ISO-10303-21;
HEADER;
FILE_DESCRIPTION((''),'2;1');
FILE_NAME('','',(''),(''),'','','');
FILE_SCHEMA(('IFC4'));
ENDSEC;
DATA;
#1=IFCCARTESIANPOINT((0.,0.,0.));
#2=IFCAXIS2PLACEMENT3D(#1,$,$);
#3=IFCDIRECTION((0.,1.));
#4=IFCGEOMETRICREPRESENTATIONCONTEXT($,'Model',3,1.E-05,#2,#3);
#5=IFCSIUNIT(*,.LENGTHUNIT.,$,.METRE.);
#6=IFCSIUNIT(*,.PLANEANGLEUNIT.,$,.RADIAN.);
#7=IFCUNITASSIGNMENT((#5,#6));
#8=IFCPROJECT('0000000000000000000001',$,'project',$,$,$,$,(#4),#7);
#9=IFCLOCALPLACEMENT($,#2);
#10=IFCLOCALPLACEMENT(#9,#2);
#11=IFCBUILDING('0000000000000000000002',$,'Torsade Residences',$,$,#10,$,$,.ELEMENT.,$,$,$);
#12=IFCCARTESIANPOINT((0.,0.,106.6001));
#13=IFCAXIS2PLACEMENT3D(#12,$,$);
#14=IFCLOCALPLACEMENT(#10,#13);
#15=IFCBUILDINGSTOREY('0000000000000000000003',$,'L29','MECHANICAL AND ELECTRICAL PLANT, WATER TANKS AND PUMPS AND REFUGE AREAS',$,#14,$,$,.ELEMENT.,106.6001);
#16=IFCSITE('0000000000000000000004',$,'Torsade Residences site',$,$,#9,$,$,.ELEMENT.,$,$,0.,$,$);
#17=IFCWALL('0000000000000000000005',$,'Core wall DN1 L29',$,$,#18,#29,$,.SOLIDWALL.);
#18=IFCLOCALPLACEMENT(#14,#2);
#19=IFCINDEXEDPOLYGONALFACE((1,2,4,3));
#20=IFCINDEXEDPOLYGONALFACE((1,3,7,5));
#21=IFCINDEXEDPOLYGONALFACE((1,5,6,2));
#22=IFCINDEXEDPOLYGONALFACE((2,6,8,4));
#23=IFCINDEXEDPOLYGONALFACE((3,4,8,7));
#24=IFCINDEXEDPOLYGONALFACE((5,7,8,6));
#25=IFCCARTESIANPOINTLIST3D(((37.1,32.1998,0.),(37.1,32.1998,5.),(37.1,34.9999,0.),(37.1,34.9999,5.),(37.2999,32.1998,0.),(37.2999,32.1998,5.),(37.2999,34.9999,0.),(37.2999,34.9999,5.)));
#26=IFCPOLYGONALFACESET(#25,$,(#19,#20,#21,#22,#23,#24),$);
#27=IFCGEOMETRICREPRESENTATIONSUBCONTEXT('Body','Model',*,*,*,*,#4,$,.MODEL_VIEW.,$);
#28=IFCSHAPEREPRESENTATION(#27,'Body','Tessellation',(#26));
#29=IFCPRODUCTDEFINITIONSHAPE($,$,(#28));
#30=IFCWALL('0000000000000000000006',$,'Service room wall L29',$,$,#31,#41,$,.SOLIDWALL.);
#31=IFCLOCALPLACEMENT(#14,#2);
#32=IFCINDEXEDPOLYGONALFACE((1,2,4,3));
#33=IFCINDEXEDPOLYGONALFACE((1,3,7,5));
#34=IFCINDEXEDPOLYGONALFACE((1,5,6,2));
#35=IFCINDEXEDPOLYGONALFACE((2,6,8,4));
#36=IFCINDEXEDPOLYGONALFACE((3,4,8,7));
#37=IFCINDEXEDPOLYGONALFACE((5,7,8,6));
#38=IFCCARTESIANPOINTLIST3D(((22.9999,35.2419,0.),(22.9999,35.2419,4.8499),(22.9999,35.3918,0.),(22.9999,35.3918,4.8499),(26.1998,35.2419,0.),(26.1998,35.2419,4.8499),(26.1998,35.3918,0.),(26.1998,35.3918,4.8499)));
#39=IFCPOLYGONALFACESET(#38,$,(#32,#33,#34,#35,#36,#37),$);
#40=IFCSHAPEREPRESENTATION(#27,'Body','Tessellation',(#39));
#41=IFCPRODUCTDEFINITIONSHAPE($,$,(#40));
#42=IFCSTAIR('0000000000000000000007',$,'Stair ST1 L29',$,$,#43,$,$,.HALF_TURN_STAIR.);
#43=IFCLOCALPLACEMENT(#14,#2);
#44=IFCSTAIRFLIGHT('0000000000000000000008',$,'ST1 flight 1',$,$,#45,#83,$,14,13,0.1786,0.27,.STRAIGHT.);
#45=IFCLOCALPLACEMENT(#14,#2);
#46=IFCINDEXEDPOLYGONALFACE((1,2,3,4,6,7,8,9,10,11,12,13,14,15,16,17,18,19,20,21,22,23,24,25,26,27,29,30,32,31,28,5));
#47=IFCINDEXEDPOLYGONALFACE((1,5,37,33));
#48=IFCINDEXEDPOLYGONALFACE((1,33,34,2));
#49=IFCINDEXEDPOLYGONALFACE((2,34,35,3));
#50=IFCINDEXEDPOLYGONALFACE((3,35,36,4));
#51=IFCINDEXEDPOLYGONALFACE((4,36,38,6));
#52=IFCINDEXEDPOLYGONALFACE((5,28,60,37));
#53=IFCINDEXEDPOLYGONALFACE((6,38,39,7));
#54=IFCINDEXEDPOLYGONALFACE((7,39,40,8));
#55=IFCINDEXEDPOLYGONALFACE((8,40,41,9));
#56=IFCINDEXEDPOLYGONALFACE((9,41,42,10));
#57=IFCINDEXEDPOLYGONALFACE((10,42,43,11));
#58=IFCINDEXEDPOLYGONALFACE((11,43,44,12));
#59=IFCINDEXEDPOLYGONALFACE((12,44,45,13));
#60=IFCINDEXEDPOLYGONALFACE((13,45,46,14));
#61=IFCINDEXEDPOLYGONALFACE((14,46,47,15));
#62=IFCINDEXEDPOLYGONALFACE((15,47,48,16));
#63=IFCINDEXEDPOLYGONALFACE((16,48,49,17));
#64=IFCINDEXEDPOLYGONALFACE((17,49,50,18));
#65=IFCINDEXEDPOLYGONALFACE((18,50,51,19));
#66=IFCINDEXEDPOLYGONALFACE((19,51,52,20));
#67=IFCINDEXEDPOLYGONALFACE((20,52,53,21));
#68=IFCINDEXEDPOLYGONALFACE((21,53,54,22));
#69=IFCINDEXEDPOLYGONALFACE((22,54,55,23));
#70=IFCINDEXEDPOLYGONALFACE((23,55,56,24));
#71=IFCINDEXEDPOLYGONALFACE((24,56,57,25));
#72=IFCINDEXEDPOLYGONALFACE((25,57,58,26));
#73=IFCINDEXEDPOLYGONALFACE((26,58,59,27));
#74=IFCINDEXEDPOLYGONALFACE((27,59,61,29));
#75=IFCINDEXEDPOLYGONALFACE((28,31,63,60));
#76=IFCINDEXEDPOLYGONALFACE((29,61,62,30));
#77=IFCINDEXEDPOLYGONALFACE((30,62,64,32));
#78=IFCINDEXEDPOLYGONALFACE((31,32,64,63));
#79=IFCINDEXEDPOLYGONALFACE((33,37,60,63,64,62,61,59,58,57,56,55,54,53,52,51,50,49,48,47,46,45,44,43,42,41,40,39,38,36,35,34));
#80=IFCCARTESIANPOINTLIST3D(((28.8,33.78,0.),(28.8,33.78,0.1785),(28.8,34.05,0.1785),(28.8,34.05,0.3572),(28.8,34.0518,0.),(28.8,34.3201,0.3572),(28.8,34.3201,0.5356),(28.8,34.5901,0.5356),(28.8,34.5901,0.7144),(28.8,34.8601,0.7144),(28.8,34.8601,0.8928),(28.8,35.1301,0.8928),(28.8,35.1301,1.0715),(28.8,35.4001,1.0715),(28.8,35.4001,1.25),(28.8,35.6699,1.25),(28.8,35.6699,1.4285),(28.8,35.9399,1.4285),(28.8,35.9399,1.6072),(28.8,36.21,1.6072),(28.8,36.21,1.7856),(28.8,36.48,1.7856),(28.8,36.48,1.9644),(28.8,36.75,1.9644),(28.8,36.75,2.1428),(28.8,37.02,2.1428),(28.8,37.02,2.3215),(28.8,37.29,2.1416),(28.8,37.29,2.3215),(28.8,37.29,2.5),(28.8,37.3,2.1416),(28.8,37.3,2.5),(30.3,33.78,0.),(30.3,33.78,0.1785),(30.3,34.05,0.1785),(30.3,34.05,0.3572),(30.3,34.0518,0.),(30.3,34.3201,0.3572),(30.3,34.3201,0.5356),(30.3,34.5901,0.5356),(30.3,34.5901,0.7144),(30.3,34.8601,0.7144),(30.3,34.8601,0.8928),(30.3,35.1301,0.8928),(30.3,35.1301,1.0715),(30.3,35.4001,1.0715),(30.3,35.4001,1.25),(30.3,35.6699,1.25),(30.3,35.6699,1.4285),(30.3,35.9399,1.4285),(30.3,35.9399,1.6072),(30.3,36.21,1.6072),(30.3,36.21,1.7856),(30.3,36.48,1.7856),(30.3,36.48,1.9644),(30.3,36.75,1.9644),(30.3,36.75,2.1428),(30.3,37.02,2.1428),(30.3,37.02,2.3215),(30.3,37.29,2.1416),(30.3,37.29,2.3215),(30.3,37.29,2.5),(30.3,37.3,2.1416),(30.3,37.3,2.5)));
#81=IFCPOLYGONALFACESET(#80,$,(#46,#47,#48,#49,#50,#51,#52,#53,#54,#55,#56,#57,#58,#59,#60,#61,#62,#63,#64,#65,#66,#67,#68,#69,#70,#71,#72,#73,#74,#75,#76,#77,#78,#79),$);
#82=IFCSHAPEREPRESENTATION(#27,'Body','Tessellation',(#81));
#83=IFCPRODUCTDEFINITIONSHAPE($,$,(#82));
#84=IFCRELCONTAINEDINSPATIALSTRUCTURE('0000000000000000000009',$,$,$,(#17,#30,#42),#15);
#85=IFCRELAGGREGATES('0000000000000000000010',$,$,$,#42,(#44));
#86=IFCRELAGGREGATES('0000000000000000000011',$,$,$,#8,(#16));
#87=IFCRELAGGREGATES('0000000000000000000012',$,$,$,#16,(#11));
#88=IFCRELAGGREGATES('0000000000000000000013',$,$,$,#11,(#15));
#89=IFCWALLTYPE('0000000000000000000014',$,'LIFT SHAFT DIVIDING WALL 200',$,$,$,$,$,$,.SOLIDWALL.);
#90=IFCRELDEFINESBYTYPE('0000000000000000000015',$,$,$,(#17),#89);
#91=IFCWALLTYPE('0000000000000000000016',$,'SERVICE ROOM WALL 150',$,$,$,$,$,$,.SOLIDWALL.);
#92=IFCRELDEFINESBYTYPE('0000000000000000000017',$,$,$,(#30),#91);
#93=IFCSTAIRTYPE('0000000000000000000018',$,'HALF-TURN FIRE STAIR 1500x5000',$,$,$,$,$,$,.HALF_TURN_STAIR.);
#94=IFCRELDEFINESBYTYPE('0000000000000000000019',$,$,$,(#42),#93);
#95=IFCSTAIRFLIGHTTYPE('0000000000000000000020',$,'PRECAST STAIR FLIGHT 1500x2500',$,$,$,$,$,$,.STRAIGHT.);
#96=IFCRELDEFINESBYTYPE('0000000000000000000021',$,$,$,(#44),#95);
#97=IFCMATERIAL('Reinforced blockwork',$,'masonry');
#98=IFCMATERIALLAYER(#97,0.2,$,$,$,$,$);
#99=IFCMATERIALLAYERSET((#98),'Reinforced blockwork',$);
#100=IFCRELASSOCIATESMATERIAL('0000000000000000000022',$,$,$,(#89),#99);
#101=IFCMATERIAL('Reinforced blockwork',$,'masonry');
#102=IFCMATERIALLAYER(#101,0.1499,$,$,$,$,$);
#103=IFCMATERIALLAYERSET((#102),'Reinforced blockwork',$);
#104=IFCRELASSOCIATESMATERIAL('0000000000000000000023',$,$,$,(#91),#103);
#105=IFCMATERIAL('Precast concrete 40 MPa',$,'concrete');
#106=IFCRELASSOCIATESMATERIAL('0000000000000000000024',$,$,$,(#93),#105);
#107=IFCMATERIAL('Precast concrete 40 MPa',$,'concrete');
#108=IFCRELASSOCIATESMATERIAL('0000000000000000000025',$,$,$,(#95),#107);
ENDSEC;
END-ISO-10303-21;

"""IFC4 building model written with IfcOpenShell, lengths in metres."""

from ifc_helpers import new_model, si_unit, direction, frame, frame_2d, origin, place, context, subcontext, project, spatial, polyline, rectangle, outline, extrude, material, layer, layer_set, type_object, element, aggregate, save


model = new_model("IFC4")

# Units and contexts
model_context = context("Model", 3, precision=1e-05, world=origin(), true_north=direction((0.0, 1.0)))
body_context = subcontext(model_context, "Body", "Model", "MODEL_VIEW")
ifc_project = project(units=[si_unit("LENGTHUNIT", "METRE"), si_unit("PLANEANGLEUNIT", "RADIAN")], contexts=[model_context])

# Site, building, storey
site_placement = place(None, origin())
site = spatial("IfcSite", under=ifc_project, at=site_placement, Name="Torsade Residences site", CompositionType="ELEMENT", RefElevation=0.0)
building_placement = place(site_placement, origin())
building = spatial("IfcBuilding", under=site, at=building_placement, Name="Torsade Residences", CompositionType="ELEMENT")
storey_placement = place(building_placement, frame((0.0, 0.0, 106.6001)))
storey = spatial("IfcBuildingStorey", under=building, at=storey_placement, Name="L29", Description="MECHANICAL AND ELECTRICAL PLANT, WATER TANKS AND PUMPS AND REFUGE AREAS", CompositionType="ELEMENT", Elevation=106.6001)

# Walls
ifc_material_1 = material(Name="Reinforced blockwork", Category="masonry")
ifc_layer_1 = layer(ifc_material_1, 0.2)
ifc_layer_set_1 = layer_set([ifc_layer_1], Name="Reinforced blockwork")
wall_type_1 = type_object("IfcWallType", Name="LIFT SHAFT DIVIDING WALL 200", PredefinedType="SOLIDWALL", material=ifc_layer_set_1)
wall_1_placement = place(storey_placement, frame((37.2, 32.2, 0.0), z_axis=(0.0, 0.0, 1.0), x_axis=(0.0, 1.0, 0.0)))
element("IfcWall", 1, at=wall_1_placement, inside=storey, type_object=wall_type_1, Name="Core wall DN1 L29", PredefinedType="SOLIDWALL", context=body_context, shape_type="SweptSolid", body=[
    extrude(rectangle(XDim=2.8, YDim=0.2, at=frame_2d((1.3999, 0.0))), origin(), (0.0, 0.0, 1.0), 5.0),
])
ifc_material_2 = material(Name="Reinforced blockwork", Category="masonry")
ifc_layer_2 = layer(ifc_material_2, 0.1499)
ifc_layer_set_2 = layer_set([ifc_layer_2], Name="Reinforced blockwork")
wall_type_2 = type_object("IfcWallType", Name="SERVICE ROOM WALL 150", PredefinedType="SOLIDWALL", material=ifc_layer_set_2)
wall_2_placement = place(storey_placement, frame((26.2, 35.3169, 0.0), z_axis=(0.0, 0.0, 1.0), x_axis=(-1.0, 0.0, 0.0)))
element("IfcWall", 2, at=wall_2_placement, inside=storey, type_object=wall_type_2, Name="Service room wall L29", PredefinedType="SOLIDWALL", context=body_context, shape_type="SweptSolid", body=[
    extrude(rectangle(XDim=3.2, YDim=0.1499, at=frame_2d((1.6001, 0.0))), origin(), (0.0, 0.0, 1.0), 4.8499),
])

# Stair, stair flight
ifc_material_3 = material(Name="Precast concrete 40 MPa", Category="concrete")
stair_type = type_object("IfcStairType", Name="HALF-TURN FIRE STAIR 1500x5000", PredefinedType="HALF_TURN_STAIR", material=ifc_material_3)
stair_placement = place(storey_placement, origin())
stair = element("IfcStair", 3, at=stair_placement, inside=storey, type_object=stair_type, Name="Stair ST1 L29", PredefinedType="HALF_TURN_STAIR")
ifc_material_4 = material(Name="Precast concrete 40 MPa", Category="concrete")
stair_flight_type = type_object("IfcStairFlightType", Name="PRECAST STAIR FLIGHT 1500x2500", PredefinedType="STRAIGHT", material=ifc_material_4)
stair_flight_placement = place(storey_placement, frame((29.55, 33.78, 0.0), z_axis=(0.0, 0.0, 1.0), x_axis=(0.0, 1.0, 0.0)))
stair_flight = element("IfcStairFlight", 4, at=stair_flight_placement, type_object=stair_flight_type, Name="ST1 flight 1", NumberOfRisers=14, NumberOfTreads=13, PredefinedType="STRAIGHT", RiserHeight=0.1786, TreadLength=0.27, context=body_context, shape_type="SweptSolid", body=[
    extrude(outline(polyline([(0.0, 0.0), (0.0, 0.1785), (0.27, 0.1785), (0.27, 0.3572), (0.54, 0.3572), (0.54, 0.5356), (0.8101, 0.5356), (0.8101, 0.7144), (1.0801, 0.7144), (1.0801, 0.8928), (1.3501, 0.8928), (1.3501, 1.0715), (1.6201, 1.0715), (1.6201, 1.25), (1.8899, 1.25), (1.8899, 1.4285), (2.1599, 1.4285), (2.1599, 1.6072), (2.4299, 1.6072), (2.4299, 1.7856), (2.7, 1.7856), (2.7, 1.9644), (2.97, 1.9644), (2.97, 2.1428), (3.24, 2.1428), (3.24, 2.3215), (3.51, 2.3215), (3.51, 2.5), (3.52, 2.5), (3.52, 2.1416), (3.51, 2.1416), (0.2717, 0.0), (0.0, 0.0)])), frame((0.0, 0.75, 0.0), z_axis=(0.0, -1.0, 0.0), x_axis=(1.0, 0.0, 0.0)), (0.0, 0.0, 1.0), 1.5),
])
aggregate(stair, [stair_flight])

save(model, "model.ifc")
